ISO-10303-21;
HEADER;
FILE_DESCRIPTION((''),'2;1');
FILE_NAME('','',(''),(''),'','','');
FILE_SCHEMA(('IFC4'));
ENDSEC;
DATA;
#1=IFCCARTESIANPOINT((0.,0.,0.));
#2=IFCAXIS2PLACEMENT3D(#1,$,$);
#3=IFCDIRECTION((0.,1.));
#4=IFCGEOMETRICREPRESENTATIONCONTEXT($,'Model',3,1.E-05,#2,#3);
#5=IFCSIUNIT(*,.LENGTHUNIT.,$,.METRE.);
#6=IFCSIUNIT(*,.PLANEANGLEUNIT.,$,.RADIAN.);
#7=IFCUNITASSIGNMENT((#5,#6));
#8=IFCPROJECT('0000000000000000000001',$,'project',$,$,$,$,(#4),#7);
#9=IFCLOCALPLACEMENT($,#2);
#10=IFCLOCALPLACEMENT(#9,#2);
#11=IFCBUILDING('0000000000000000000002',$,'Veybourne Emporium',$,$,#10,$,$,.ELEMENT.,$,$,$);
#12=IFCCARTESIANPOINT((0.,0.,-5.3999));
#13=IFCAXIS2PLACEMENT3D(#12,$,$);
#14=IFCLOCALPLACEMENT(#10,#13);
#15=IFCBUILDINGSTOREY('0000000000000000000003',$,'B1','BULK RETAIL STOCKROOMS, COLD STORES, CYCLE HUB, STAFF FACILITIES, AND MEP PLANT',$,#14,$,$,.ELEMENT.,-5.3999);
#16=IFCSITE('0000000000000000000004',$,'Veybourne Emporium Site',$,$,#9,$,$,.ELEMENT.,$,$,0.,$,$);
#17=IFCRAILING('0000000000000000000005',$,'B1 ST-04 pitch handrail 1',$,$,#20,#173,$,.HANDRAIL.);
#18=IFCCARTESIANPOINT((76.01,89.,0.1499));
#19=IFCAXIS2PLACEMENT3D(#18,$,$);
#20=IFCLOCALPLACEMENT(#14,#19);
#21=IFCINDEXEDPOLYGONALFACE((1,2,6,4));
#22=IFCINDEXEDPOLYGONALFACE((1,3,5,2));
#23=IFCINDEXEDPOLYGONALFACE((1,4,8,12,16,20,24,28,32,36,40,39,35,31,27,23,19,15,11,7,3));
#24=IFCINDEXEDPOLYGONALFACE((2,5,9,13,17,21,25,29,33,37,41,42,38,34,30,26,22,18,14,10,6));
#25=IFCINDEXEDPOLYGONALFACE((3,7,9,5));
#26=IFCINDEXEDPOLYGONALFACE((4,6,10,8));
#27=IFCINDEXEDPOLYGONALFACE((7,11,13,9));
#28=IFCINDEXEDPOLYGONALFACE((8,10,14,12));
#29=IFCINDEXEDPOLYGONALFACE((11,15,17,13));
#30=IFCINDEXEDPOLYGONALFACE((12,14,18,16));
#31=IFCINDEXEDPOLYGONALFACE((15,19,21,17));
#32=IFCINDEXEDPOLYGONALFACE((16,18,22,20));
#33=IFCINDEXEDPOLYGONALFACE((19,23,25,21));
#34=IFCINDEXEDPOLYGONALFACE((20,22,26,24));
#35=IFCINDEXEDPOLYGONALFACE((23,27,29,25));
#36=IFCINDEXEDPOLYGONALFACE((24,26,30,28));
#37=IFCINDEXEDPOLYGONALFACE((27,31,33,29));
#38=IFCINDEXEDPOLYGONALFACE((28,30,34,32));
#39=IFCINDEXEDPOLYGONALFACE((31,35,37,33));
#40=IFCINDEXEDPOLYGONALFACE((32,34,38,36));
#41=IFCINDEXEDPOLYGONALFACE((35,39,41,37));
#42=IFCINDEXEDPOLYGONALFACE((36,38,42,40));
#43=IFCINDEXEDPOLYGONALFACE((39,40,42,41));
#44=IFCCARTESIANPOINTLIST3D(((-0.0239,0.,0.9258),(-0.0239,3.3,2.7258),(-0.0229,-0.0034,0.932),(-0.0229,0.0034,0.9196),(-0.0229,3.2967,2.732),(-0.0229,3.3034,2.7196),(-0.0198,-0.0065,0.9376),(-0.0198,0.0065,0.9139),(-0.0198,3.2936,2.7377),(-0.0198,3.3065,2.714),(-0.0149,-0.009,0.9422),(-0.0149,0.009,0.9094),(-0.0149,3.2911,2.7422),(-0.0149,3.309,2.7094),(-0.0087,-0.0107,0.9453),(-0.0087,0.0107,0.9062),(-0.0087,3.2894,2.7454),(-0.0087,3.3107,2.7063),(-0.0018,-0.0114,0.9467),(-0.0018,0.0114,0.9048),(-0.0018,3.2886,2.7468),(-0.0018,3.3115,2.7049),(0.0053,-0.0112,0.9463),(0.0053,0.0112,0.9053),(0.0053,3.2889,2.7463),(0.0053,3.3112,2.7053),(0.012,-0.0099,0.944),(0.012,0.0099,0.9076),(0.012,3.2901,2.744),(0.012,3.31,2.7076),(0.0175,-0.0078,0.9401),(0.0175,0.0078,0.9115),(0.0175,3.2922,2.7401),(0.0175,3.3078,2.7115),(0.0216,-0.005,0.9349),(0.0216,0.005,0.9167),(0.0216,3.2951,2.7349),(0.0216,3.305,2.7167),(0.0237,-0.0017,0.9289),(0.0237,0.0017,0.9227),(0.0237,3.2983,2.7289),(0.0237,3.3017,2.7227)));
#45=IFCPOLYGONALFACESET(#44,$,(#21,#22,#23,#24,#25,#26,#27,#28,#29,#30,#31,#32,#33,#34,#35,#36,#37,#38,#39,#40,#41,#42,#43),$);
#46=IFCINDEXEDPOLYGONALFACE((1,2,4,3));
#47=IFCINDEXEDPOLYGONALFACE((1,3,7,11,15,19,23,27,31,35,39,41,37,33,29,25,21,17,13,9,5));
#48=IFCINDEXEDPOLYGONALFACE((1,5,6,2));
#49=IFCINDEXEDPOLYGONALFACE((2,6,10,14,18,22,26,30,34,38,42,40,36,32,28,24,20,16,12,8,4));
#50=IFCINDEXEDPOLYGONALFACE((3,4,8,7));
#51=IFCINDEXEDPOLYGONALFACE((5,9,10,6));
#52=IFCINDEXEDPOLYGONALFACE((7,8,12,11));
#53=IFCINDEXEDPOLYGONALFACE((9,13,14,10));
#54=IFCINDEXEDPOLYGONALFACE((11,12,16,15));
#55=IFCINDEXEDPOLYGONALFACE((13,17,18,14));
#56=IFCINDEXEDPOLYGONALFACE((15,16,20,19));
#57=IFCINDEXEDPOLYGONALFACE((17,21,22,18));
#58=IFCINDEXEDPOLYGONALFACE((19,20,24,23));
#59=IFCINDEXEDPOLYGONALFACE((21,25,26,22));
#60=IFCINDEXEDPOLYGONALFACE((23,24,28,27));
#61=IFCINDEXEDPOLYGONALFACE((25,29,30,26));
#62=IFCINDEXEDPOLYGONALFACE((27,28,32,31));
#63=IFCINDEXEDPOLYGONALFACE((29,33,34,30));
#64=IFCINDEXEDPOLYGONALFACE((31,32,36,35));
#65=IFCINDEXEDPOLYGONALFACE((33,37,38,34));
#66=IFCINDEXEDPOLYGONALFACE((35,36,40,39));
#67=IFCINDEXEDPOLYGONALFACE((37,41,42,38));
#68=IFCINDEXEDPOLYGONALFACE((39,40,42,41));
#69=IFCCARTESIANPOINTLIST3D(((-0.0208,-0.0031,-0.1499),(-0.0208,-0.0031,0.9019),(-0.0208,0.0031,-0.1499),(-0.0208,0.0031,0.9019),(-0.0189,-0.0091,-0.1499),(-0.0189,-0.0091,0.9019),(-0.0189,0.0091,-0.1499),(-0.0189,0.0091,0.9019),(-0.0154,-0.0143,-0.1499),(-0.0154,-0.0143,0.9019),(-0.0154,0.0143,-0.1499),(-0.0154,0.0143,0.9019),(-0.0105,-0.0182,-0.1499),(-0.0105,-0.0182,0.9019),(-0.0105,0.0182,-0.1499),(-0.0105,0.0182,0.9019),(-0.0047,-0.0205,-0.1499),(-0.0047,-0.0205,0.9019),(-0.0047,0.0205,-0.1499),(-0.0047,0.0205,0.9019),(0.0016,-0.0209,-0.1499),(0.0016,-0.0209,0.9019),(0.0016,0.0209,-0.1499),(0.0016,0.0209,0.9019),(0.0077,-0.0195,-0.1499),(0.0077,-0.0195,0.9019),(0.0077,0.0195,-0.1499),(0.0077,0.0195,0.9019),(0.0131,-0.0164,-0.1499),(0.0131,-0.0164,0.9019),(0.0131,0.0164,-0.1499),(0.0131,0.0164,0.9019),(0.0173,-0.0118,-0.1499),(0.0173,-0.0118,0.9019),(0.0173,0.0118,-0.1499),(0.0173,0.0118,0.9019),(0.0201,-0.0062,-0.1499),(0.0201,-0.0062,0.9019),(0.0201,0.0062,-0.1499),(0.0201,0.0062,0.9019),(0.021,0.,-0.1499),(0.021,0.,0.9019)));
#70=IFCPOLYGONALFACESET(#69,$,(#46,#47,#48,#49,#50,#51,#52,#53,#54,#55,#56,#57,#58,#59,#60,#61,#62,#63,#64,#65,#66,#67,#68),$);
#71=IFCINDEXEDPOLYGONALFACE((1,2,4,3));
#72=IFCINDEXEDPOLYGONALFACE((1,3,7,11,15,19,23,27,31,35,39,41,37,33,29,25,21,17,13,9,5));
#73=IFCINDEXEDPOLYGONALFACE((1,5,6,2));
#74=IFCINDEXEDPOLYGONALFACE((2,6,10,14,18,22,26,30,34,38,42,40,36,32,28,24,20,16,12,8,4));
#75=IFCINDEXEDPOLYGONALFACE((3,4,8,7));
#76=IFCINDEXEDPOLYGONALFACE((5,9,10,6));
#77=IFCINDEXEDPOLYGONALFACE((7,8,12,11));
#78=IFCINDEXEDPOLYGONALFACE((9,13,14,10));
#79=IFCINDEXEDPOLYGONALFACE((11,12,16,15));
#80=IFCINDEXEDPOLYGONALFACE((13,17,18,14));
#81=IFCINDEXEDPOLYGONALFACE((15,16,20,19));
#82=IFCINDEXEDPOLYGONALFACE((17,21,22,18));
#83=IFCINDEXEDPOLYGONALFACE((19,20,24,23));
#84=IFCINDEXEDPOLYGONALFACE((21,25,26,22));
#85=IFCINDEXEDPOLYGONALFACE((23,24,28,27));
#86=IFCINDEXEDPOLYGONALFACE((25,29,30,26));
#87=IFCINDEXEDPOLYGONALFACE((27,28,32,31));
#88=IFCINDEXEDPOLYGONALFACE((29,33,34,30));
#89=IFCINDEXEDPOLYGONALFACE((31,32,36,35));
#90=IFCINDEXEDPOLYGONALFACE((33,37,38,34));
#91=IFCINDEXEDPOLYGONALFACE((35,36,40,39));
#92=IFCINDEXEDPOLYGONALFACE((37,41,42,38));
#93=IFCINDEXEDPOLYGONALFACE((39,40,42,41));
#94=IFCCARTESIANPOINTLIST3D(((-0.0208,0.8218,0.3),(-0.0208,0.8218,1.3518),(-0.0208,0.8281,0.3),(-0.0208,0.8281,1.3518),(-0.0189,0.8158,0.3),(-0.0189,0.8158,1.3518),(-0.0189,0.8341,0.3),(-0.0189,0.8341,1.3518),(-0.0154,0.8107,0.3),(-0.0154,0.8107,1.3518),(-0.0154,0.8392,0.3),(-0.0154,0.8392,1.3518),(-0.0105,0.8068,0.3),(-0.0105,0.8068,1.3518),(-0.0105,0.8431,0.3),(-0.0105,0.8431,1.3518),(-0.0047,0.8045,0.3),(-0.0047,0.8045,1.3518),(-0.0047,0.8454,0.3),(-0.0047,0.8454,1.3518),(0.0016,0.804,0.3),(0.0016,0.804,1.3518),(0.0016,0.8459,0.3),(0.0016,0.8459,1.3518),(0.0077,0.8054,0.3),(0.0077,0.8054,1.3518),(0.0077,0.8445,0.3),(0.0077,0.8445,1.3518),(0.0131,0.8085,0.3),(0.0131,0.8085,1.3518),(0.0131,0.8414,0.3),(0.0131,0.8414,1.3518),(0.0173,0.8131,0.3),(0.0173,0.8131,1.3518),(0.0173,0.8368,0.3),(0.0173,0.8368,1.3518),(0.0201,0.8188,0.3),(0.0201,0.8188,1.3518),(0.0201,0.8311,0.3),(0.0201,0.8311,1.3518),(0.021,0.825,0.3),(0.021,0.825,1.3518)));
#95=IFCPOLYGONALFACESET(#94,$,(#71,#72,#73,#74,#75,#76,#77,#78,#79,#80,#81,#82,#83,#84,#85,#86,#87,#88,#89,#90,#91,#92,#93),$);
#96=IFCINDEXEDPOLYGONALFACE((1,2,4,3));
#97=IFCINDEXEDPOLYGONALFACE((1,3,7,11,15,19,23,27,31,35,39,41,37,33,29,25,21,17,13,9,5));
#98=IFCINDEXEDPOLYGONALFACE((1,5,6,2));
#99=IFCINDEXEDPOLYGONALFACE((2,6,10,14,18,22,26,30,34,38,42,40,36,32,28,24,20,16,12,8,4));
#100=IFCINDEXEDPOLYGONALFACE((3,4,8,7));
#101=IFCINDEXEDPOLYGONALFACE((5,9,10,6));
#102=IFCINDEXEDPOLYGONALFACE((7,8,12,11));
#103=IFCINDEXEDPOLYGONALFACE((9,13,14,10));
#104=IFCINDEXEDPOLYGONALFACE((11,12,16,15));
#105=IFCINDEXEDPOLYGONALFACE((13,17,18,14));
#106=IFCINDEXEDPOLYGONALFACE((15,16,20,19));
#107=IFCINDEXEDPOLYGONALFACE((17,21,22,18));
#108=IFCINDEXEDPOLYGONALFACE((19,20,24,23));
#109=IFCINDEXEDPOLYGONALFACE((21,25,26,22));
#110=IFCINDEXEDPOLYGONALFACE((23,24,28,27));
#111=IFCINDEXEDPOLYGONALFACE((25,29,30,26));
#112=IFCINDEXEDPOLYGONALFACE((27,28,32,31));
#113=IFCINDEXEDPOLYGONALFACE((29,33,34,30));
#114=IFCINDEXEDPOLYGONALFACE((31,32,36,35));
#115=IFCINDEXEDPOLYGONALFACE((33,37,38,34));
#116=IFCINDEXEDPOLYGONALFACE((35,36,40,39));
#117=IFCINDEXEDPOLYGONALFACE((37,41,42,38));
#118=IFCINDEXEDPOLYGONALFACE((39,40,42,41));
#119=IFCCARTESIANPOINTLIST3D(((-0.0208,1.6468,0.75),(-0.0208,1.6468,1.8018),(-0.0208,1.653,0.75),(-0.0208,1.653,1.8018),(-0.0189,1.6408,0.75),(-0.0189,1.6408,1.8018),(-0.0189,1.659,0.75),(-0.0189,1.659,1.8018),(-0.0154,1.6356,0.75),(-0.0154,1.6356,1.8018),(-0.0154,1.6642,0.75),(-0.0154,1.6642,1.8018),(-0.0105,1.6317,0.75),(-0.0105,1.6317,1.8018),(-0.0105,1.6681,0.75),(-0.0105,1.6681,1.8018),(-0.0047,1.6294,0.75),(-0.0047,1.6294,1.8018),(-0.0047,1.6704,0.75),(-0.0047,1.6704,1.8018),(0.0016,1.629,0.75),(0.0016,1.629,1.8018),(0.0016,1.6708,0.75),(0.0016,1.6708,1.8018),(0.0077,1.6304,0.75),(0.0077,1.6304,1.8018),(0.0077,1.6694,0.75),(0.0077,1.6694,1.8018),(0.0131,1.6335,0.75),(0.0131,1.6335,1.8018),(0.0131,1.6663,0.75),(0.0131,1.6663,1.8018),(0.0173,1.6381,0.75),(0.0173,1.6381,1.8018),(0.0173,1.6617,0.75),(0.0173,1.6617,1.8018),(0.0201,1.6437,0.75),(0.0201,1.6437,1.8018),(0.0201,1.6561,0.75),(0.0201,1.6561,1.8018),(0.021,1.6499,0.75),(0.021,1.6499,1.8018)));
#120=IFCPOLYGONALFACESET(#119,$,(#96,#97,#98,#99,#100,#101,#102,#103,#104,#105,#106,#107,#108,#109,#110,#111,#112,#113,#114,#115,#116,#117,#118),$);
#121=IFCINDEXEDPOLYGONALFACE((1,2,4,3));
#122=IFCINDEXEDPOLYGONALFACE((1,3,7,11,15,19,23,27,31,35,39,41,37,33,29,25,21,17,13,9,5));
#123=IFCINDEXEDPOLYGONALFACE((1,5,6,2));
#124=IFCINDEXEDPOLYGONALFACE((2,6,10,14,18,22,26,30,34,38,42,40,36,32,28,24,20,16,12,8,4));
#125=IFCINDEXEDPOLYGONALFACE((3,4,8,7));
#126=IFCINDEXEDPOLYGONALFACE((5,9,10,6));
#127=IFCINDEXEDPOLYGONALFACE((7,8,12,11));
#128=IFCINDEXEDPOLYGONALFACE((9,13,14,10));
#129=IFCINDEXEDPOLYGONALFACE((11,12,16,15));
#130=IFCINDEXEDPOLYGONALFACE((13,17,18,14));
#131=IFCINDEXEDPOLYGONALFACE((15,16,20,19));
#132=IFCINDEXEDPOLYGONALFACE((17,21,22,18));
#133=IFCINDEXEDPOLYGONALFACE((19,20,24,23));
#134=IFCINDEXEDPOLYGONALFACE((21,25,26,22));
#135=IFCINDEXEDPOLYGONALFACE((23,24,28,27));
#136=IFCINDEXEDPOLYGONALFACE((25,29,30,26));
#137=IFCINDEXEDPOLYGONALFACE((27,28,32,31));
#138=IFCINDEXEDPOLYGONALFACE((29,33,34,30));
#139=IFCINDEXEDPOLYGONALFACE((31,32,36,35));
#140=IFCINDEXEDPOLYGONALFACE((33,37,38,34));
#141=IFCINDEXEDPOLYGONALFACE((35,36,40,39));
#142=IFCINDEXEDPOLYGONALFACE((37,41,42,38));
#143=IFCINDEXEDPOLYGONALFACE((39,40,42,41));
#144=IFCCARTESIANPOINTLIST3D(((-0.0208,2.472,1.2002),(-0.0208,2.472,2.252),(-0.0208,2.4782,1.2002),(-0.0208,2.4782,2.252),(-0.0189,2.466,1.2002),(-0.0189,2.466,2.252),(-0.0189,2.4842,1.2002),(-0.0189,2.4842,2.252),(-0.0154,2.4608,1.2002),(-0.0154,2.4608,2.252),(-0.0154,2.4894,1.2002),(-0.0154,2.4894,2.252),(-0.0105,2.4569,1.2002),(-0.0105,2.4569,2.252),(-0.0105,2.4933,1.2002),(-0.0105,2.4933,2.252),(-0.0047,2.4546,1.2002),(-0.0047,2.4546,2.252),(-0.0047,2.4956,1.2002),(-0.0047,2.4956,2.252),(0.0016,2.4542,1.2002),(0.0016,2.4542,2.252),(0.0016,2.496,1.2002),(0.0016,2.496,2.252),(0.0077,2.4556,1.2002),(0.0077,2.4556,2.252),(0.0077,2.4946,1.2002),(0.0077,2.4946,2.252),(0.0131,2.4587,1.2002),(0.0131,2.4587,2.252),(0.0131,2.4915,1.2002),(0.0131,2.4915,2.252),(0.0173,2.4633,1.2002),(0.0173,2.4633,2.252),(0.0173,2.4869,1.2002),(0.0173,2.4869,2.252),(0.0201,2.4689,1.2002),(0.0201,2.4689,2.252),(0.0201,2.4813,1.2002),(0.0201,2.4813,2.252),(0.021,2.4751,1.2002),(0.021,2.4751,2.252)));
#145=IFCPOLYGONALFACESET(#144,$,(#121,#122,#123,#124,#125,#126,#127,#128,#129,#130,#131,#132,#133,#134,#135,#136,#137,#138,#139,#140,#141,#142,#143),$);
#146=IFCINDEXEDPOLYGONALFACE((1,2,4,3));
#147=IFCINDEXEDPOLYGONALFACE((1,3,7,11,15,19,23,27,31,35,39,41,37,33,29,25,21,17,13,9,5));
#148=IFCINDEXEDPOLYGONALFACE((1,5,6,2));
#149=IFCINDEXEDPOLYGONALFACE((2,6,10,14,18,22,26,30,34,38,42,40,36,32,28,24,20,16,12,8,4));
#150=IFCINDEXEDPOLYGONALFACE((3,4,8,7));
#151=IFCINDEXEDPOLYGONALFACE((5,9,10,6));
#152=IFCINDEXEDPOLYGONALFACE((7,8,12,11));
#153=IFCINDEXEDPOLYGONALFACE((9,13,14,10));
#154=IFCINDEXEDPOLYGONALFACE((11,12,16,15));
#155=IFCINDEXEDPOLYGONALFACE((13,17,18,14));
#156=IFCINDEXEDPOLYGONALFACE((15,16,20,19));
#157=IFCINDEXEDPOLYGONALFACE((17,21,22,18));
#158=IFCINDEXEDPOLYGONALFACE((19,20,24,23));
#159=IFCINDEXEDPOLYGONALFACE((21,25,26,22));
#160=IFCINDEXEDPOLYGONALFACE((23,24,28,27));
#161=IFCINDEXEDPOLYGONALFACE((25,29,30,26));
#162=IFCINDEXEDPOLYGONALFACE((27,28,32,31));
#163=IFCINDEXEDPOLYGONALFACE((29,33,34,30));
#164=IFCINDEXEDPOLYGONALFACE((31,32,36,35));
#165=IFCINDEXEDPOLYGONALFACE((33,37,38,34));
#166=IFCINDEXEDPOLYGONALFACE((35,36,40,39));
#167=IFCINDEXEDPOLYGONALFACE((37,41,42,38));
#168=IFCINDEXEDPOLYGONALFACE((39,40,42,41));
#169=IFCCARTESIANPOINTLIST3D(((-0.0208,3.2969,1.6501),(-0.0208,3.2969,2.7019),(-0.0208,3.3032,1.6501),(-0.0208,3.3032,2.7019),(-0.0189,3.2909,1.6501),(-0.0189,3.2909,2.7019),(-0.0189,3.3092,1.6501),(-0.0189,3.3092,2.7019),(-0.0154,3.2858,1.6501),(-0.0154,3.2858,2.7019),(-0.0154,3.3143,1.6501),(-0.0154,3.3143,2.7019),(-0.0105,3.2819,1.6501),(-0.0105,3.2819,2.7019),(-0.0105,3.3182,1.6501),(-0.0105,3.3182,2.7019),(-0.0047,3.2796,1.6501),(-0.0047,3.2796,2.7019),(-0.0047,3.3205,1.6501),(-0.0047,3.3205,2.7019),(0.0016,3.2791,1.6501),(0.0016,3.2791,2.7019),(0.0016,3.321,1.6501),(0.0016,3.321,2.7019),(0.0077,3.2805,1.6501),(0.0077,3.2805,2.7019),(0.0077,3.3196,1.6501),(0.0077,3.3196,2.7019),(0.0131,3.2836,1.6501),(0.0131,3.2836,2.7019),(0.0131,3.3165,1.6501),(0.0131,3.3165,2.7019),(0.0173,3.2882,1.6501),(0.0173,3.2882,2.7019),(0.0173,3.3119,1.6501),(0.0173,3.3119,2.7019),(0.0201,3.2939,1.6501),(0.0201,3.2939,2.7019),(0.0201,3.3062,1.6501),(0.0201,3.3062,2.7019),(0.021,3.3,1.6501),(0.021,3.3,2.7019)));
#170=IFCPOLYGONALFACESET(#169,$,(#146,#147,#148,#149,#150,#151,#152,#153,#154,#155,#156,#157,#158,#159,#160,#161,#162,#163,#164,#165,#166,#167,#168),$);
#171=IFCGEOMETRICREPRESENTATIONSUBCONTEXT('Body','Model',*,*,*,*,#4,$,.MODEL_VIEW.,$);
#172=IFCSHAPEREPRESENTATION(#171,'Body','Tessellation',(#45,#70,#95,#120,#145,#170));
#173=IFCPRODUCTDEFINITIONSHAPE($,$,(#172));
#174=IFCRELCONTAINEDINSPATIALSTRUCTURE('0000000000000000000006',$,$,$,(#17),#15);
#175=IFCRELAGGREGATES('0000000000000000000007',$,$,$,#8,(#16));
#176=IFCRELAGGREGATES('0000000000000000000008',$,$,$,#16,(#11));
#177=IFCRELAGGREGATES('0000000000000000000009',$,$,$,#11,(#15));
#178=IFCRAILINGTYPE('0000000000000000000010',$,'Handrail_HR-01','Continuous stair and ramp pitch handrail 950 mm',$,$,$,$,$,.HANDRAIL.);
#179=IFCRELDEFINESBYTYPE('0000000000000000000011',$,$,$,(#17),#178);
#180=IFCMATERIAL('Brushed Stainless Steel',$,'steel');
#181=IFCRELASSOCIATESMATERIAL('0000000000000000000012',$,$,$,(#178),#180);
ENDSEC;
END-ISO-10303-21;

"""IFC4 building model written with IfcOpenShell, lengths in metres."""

from ifc_helpers import new_model, si_unit, direction, frame, origin, origin_2d, place, context, subcontext, project, spatial, circle, extrude, material, type_object, element, save


model = new_model("IFC4")

# Units and contexts
model_context = context("Model", 3, precision=1e-05, world=origin(), true_north=direction((0.0, 1.0)))
body_context = subcontext(model_context, "Body", "Model", "MODEL_VIEW")
ifc_project = project(units=[si_unit("LENGTHUNIT", "METRE"), si_unit("PLANEANGLEUNIT", "RADIAN")], contexts=[model_context])

# Site, building, storey
site_placement = place(None, origin())
site = spatial("IfcSite", under=ifc_project, at=site_placement, Name="Veybourne Emporium Site", CompositionType="ELEMENT", RefElevation=0.0)
building_placement = place(site_placement, origin())
building = spatial("IfcBuilding", under=site, at=building_placement, Name="Veybourne Emporium", CompositionType="ELEMENT")
storey_placement = place(building_placement, frame((0.0, 0.0, -5.3999)))
storey = spatial("IfcBuildingStorey", under=building, at=storey_placement, Name="B1", Description="BULK RETAIL STOCKROOMS, COLD STORES, CYCLE HUB, STAFF FACILITIES, AND MEP PLANT", CompositionType="ELEMENT", Elevation=-5.3999)

# Railing
ifc_material_1 = material(Name="Brushed Stainless Steel", Category="steel")
railing_type = type_object("IfcRailingType", Name="Handrail_HR-01", Description="Continuous stair and ramp pitch handrail 950 mm", PredefinedType="HANDRAIL", material=ifc_material_1)
railing_placement = place(storey_placement, frame((76.01, 89.0, 0.1499)))
element("IfcRailing", 1, at=railing_placement, inside=storey, type_object=railing_type, Name="B1 ST-04 pitch handrail 1", PredefinedType="HANDRAIL", context=body_context, shape_type="SweptSolid", body=[
    extrude(circle(Radius=0.0239, at=origin_2d()), frame((0.0, 0.0, 0.9258), z_axis=(0.0, 0.877893, 0.478857), x_axis=(-1.0, 0.0, 0.0)), (0.0, 0.0, 1.0), 3.759),
    extrude(circle(Radius=0.021, at=origin_2d()), frame((0.0, 0.0, -0.1499)), (0.0, 0.0, 1.0), 1.0518),
    extrude(circle(Radius=0.021, at=origin_2d()), frame((0.0, 0.825, 0.3)), (0.0, 0.0, 1.0), 1.0518),
    extrude(circle(Radius=0.021, at=origin_2d()), frame((0.0, 1.6499, 0.75)), (0.0, 0.0, 1.0), 1.0518),
    extrude(circle(Radius=0.021, at=origin_2d()), frame((0.0, 2.4751, 1.2002)), (0.0, 0.0, 1.0), 1.0518),
    extrude(circle(Radius=0.021, at=origin_2d()), frame((0.0, 3.3, 1.6501)), (0.0, 0.0, 1.0), 1.0518),
])

save(model, "model.ifc")
